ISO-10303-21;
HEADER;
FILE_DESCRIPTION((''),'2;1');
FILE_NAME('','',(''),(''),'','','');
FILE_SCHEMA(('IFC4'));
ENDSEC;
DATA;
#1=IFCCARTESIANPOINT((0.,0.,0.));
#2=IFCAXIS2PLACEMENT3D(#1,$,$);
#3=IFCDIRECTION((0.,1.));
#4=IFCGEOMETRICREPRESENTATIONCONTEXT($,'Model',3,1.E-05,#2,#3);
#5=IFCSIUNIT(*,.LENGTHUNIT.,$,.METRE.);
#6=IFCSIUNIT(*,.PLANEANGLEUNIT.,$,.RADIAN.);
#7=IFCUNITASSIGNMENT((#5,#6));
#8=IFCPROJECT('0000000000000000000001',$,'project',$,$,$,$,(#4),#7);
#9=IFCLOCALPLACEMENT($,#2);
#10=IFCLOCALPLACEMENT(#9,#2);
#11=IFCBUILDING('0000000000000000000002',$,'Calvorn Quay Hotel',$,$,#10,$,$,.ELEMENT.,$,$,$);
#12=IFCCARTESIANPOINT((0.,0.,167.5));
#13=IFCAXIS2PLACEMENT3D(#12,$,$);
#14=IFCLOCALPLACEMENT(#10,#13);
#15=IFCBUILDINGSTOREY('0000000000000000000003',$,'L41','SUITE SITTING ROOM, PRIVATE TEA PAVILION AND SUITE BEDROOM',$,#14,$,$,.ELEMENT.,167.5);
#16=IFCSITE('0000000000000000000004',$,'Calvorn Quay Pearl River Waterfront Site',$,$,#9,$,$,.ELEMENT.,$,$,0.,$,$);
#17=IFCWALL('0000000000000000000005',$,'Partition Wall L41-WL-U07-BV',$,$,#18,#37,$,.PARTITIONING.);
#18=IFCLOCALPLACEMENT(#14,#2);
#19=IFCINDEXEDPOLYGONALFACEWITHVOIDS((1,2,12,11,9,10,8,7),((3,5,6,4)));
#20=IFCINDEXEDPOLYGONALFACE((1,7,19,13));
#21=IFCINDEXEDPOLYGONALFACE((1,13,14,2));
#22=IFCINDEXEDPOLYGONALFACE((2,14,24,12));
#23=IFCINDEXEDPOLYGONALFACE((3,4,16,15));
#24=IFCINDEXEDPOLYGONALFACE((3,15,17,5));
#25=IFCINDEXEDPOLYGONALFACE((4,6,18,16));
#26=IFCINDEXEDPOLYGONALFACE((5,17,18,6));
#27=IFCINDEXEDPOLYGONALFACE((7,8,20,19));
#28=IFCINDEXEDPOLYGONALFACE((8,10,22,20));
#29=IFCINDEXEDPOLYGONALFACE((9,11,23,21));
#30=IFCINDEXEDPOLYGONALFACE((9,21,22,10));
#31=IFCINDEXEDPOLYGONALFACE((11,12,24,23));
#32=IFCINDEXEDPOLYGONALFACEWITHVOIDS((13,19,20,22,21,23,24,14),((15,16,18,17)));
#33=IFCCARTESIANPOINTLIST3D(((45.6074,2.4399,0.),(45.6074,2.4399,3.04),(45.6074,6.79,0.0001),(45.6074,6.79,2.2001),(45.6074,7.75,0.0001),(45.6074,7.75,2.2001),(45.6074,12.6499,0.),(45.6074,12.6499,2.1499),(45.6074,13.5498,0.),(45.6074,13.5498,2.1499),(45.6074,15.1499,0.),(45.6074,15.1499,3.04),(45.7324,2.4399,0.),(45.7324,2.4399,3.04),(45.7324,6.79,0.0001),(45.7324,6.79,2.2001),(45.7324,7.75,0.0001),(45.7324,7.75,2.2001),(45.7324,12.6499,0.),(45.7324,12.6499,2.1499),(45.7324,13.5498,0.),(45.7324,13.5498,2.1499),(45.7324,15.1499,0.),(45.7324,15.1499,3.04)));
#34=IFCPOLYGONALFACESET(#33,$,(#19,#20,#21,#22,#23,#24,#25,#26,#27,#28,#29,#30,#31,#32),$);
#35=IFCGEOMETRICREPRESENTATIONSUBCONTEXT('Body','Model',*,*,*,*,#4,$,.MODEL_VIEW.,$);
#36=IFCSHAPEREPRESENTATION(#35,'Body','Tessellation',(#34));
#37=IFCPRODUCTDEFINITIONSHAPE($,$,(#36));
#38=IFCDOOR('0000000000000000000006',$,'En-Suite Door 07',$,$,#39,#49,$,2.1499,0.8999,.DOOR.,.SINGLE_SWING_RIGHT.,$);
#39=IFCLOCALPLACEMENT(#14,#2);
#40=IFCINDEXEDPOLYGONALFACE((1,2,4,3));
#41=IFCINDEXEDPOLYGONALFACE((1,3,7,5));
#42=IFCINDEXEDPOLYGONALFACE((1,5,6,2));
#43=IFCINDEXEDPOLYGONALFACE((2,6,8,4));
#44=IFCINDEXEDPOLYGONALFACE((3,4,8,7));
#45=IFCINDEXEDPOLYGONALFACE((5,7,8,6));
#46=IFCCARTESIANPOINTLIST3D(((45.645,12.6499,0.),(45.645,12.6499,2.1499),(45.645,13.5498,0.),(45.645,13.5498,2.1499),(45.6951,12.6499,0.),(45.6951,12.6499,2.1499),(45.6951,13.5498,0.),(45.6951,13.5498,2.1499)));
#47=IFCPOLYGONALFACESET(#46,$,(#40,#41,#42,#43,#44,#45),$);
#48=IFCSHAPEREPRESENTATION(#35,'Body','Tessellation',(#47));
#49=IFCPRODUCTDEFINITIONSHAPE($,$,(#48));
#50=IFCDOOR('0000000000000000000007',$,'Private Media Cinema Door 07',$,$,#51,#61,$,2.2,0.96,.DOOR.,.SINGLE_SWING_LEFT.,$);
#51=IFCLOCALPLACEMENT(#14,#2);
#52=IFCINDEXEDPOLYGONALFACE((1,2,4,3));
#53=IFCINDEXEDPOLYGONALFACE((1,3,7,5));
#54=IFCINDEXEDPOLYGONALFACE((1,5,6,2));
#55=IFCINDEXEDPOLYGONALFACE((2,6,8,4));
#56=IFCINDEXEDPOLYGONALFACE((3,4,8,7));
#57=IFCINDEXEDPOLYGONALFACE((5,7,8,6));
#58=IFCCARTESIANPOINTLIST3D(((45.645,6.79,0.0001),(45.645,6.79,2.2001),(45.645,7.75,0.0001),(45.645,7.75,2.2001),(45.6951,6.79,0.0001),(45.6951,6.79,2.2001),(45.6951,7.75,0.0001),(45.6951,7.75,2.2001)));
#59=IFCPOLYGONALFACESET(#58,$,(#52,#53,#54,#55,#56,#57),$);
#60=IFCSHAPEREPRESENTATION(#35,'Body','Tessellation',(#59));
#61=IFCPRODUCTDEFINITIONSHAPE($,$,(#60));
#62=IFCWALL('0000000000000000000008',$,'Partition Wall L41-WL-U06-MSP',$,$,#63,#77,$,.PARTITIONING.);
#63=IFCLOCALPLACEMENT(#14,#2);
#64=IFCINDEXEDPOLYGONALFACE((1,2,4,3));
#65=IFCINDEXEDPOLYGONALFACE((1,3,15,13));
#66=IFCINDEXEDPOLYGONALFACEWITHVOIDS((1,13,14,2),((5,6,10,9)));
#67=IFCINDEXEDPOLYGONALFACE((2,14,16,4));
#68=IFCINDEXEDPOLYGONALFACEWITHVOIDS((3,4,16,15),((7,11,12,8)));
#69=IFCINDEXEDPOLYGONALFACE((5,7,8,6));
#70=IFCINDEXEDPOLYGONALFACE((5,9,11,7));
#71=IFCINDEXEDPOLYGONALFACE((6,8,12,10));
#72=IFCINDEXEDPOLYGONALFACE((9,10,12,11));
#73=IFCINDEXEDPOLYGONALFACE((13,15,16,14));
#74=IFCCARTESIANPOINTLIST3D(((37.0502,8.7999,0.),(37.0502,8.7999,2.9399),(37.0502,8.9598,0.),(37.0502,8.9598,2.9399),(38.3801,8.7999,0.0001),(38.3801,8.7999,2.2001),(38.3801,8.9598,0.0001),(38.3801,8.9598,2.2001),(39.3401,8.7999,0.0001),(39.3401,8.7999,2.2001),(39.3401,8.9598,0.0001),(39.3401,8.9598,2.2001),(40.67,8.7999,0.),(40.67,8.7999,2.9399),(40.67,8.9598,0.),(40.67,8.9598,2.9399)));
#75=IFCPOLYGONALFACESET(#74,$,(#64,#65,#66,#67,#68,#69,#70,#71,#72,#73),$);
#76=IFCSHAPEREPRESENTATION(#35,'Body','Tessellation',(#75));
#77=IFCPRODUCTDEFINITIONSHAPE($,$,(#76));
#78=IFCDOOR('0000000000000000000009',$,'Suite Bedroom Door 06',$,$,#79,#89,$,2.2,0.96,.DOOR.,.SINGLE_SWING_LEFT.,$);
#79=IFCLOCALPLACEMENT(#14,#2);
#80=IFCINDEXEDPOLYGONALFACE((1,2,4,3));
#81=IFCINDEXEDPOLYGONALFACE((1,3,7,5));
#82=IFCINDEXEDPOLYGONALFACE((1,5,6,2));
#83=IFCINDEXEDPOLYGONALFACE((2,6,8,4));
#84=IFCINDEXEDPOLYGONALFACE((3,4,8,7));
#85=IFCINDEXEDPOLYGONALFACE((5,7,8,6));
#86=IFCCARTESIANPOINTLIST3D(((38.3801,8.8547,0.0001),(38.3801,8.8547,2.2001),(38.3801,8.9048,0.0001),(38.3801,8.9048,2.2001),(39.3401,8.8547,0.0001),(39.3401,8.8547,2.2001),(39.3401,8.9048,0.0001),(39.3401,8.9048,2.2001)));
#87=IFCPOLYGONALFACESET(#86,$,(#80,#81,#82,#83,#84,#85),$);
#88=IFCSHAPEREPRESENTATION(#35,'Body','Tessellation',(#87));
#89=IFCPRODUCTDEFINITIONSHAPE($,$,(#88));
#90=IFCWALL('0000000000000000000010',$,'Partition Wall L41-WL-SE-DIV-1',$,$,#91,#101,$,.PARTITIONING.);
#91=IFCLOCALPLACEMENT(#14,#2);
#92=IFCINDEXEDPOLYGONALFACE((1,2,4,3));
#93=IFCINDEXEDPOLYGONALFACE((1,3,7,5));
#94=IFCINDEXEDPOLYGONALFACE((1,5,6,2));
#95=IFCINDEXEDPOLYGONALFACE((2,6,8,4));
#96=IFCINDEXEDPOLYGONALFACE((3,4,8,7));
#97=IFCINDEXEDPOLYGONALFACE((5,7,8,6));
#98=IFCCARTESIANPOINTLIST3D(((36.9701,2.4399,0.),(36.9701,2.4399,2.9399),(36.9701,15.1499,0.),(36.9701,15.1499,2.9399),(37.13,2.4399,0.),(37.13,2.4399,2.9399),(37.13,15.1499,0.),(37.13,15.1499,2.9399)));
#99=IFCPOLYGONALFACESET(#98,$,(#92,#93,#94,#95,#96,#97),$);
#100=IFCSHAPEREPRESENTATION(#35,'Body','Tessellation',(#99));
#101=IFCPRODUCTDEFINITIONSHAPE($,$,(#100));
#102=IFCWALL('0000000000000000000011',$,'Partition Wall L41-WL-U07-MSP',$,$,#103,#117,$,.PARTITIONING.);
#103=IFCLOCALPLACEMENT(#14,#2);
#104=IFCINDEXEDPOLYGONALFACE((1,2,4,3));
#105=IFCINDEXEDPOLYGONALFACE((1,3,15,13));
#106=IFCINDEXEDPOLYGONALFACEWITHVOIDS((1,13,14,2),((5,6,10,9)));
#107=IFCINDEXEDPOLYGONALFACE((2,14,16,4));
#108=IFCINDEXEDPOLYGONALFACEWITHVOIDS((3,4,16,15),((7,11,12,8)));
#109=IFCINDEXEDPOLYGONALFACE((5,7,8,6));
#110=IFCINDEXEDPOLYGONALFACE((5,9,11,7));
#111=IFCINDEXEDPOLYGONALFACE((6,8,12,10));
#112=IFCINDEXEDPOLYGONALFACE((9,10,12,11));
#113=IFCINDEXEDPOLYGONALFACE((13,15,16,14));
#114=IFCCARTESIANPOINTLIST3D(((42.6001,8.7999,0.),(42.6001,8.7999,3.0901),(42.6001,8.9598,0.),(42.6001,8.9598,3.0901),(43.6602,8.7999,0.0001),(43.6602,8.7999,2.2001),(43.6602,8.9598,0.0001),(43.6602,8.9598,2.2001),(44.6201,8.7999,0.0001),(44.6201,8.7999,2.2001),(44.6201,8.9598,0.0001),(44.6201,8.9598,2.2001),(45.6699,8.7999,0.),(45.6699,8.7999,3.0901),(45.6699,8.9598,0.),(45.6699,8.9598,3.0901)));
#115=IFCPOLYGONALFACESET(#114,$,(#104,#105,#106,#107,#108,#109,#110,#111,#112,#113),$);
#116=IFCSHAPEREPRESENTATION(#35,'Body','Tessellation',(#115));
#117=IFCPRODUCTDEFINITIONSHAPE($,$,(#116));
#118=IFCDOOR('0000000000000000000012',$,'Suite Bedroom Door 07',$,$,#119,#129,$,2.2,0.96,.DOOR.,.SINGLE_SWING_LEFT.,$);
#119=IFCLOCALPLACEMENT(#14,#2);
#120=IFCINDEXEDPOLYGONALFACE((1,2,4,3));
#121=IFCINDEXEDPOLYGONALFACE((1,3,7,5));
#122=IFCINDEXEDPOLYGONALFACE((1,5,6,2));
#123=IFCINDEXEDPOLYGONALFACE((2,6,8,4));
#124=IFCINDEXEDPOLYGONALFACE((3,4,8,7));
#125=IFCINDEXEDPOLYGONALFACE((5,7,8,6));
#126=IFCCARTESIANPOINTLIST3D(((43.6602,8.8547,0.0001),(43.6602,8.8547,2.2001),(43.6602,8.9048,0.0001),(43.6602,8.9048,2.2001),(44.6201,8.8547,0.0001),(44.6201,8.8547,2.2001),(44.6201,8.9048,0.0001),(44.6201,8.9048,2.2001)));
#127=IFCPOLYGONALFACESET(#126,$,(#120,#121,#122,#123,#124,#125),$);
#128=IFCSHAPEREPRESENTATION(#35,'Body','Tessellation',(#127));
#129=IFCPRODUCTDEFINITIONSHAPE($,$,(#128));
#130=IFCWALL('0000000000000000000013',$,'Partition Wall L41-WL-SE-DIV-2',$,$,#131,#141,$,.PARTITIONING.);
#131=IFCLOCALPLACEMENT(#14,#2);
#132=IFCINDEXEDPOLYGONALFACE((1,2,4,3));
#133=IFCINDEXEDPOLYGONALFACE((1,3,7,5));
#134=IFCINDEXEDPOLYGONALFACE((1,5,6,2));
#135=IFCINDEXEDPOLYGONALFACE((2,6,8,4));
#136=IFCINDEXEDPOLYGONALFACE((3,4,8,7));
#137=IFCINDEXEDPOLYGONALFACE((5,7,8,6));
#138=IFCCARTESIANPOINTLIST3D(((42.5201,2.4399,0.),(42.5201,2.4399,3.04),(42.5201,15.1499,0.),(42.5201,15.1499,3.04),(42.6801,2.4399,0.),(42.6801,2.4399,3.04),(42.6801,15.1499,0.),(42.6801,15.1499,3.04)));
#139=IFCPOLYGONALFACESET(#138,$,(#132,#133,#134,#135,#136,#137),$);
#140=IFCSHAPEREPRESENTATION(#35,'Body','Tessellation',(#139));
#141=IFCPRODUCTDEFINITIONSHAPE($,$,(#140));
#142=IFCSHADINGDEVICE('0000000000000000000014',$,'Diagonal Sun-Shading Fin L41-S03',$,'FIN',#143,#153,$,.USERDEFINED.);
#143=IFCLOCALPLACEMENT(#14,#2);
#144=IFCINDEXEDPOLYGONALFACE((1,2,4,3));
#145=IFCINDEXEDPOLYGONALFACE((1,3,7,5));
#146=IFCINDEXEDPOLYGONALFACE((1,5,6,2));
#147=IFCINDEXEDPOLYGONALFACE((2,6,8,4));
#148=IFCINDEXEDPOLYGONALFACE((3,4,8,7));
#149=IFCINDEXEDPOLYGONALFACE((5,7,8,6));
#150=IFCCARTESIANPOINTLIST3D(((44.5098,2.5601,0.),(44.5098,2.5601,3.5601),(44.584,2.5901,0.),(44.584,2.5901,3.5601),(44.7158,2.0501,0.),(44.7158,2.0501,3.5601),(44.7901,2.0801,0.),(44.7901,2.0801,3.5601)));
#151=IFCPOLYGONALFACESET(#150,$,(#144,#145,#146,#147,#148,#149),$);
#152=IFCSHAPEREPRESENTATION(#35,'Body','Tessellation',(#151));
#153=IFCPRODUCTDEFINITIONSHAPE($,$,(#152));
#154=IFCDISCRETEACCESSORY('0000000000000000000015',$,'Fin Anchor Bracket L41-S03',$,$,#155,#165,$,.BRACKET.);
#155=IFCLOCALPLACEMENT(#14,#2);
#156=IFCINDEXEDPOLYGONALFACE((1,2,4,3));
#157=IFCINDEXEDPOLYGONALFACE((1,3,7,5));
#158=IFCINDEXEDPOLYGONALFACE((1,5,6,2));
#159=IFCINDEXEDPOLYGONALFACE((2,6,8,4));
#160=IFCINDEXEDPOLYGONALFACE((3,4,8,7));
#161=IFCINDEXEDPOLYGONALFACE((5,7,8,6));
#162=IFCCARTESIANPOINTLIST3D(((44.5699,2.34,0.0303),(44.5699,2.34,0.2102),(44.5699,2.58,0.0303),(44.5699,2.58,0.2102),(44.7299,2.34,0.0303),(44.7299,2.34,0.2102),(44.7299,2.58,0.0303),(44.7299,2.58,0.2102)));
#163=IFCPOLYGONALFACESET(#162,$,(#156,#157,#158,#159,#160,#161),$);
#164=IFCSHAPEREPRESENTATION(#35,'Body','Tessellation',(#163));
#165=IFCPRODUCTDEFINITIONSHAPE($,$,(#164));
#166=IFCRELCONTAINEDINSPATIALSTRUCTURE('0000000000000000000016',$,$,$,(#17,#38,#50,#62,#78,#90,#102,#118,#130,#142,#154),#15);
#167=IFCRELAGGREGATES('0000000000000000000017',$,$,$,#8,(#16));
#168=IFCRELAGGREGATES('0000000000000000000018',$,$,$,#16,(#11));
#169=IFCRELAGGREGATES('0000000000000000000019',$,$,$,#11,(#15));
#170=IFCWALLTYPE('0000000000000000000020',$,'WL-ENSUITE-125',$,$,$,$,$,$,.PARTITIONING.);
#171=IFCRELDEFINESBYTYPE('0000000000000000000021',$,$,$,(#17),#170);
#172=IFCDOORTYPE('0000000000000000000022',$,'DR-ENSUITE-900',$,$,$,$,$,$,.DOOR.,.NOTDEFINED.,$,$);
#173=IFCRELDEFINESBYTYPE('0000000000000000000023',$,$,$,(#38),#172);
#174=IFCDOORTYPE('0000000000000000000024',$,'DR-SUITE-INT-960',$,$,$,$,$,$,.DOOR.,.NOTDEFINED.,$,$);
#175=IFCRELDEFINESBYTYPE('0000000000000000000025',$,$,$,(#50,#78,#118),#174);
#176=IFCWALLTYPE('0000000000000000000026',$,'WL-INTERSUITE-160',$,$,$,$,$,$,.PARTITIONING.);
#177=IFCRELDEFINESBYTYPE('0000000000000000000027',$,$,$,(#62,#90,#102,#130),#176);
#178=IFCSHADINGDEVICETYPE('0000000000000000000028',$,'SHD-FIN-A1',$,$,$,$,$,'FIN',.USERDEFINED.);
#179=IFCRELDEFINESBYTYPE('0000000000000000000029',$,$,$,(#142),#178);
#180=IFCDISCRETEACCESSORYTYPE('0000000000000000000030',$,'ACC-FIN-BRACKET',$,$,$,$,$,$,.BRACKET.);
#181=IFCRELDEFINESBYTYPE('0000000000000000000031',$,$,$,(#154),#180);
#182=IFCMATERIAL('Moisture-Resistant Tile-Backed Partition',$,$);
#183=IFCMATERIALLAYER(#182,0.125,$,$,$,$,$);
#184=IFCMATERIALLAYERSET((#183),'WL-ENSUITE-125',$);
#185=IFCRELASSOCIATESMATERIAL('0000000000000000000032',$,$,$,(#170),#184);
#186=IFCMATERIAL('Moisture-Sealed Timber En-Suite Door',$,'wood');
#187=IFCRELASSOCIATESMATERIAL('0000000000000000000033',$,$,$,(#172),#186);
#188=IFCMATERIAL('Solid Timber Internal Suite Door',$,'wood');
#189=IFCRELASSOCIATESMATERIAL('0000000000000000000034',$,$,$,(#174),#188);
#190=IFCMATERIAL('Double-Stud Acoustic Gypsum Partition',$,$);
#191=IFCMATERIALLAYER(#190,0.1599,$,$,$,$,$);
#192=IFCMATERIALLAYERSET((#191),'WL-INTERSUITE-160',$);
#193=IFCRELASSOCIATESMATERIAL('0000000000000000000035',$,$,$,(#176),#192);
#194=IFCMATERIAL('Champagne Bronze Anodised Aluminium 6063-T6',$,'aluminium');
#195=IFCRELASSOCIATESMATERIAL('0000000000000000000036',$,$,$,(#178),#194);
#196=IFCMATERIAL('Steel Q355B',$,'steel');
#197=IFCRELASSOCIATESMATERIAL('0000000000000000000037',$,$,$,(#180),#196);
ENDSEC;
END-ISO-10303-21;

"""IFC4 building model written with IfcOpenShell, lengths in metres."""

from ifc_helpers import new_model, si_unit, direction, frame, frame_2d, origin, origin_2d, place, context, subcontext, project, spatial, rectangle, extrude, material, layer, layer_set, type_object, element, fill, save


model = new_model("IFC4")

# Units and contexts
model_context = context("Model", 3, precision=1e-05, world=origin(), true_north=direction((0.0, 1.0)))
body_context = subcontext(model_context, "Body", "Model", "MODEL_VIEW")
ifc_project = project(units=[si_unit("LENGTHUNIT", "METRE"), si_unit("PLANEANGLEUNIT", "RADIAN")], contexts=[model_context])

# Site, building, storey
site_placement = place(None, origin())
site = spatial("IfcSite", under=ifc_project, at=site_placement, Name="Calvorn Quay Pearl River Waterfront Site", CompositionType="ELEMENT", RefElevation=0.0)
building_placement = place(site_placement, origin())
building = spatial("IfcBuilding", under=site, at=building_placement, Name="Calvorn Quay Hotel", CompositionType="ELEMENT")
storey_placement = place(building_placement, frame((0.0, 0.0, 167.5)))
storey = spatial("IfcBuildingStorey", under=building, at=storey_placement, Name="L41", Description="SUITE SITTING ROOM, PRIVATE TEA PAVILION AND SUITE BEDROOM", CompositionType="ELEMENT", Elevation=167.5)

# Wall, openings, doors
ifc_material_1 = material(Name="Moisture-Resistant Tile-Backed Partition")
ifc_layer_1 = layer(ifc_material_1, 0.125)
ifc_layer_set_1 = layer_set([ifc_layer_1], Name="WL-ENSUITE-125")
wall_type_1 = type_object("IfcWallType", Name="WL-ENSUITE-125", PredefinedType="PARTITIONING", material=ifc_layer_set_1)
ifc_material_2 = material(Name="Moisture-Sealed Timber En-Suite Door", Category="wood")
door_type_1 = type_object("IfcDoorType", Name="DR-ENSUITE-900", OperationType="NOTDEFINED", PredefinedType="DOOR", material=ifc_material_2)
ifc_material_3 = material(Name="Solid Timber Internal Suite Door", Category="wood")
door_type_2 = type_object("IfcDoorType", Name="DR-SUITE-INT-960", OperationType="NOTDEFINED", PredefinedType="DOOR", material=ifc_material_3)
wall_1_placement = place(storey_placement, frame((45.6699, 2.4399, 0.0), z_axis=(0.0, 0.0, 1.0), x_axis=(0.0, 1.0, 0.0)))
wall_1 = element("IfcWall", 1, at=wall_1_placement, inside=storey, type_object=wall_type_1, Name="Partition Wall L41-WL-U07-BV", PredefinedType="PARTITIONING", context=body_context, shape_type="SweptSolid", body=[
    extrude(rectangle(XDim=12.71, YDim=0.125, at=frame_2d((6.355, 0.0))), origin(), (0.0, 0.0, 1.0), 3.04),
])
opening_1_placement = place(wall_1_placement, frame((4.3501, 0.0, 0.0)))
opening_1 = element("IfcOpeningElement", 2, at=opening_1_placement, cuts=wall_1, PredefinedType="OPENING", context=body_context, shape_type="SweptSolid", body=[
    extrude(rectangle(XDim=0.96, YDim=2.2, at=frame_2d((0.48, 1.1001))), frame((0.0, 0.0725, 0.0), z_axis=(0.0, -1.0, 0.0), x_axis=(1.0, 0.0, 0.0)), (0.0, 0.0, 1.0), 0.145),
])
opening_2_placement = place(wall_1_placement, frame((10.21, 0.0, 0.0)))
opening_2 = element("IfcOpeningElement", 3, at=opening_2_placement, cuts=wall_1, PredefinedType="OPENING", context=body_context, shape_type="SweptSolid", body=[
    extrude(rectangle(XDim=0.8999, YDim=2.1499, at=frame_2d((0.45, 1.075))), frame((0.0, 0.0725, 0.0), z_axis=(0.0, -1.0, 0.0), x_axis=(1.0, 0.0, 0.0)), (0.0, 0.0, 1.0), 0.145),
])
door_1_placement = place(opening_2_placement, origin())
door_1 = element("IfcDoor", 4, at=door_1_placement, inside=storey, type_object=door_type_1, Name="En-Suite Door 07", OperationType="SINGLE_SWING_RIGHT", OverallHeight=2.1499, OverallWidth=0.8999, PredefinedType="DOOR", context=body_context, shape_type="SweptSolid", body=[
    extrude(rectangle(XDim=0.8999, YDim=2.1499, at=frame_2d((0.45, 1.075))), frame((0.0, 0.0249, 0.0), z_axis=(0.0, -1.0, 0.0), x_axis=(1.0, 0.0, 0.0)), (0.0, 0.0, 1.0), 0.05),
])
fill(opening_2, door_1)
door_2_placement = place(opening_1_placement, origin())
door_2 = element("IfcDoor", 5, at=door_2_placement, inside=storey, type_object=door_type_2, Name="Private Media Cinema Door 07", OperationType="SINGLE_SWING_LEFT", OverallHeight=2.2, OverallWidth=0.96, PredefinedType="DOOR", context=body_context, shape_type="SweptSolid", body=[
    extrude(rectangle(XDim=0.96, YDim=2.2, at=frame_2d((0.48, 1.1001))), frame((0.0, 0.0249, 0.0), z_axis=(0.0, -1.0, 0.0), x_axis=(1.0, 0.0, 0.0)), (0.0, 0.0, 1.0), 0.05),
])
fill(opening_1, door_2)

# Wall, opening, door
ifc_material_4 = material(Name="Double-Stud Acoustic Gypsum Partition")
ifc_layer_2 = layer(ifc_material_4, 0.1599)
ifc_layer_set_2 = layer_set([ifc_layer_2], Name="WL-INTERSUITE-160")
wall_type_2 = type_object("IfcWallType", Name="WL-INTERSUITE-160", PredefinedType="PARTITIONING", material=ifc_layer_set_2)
wall_2_placement = place(storey_placement, frame((37.05, 8.8799, 0.0), z_axis=(0.0, 0.0, 1.0), x_axis=(1.0, 0.0, 0.0)))
wall_2 = element("IfcWall", 6, at=wall_2_placement, inside=storey, type_object=wall_type_2, Name="Partition Wall L41-WL-U06-MSP", PredefinedType="PARTITIONING", context=body_context, shape_type="SweptSolid", body=[
    extrude(rectangle(XDim=3.6199, YDim=0.1599, at=frame_2d((1.8101, 0.0))), origin(), (0.0, 0.0, 1.0), 2.9399),
])
opening_3_placement = place(wall_2_placement, frame((1.3301, 0.0, 0.0)))
opening_3 = element("IfcOpeningElement", 7, at=opening_3_placement, cuts=wall_2, PredefinedType="OPENING", context=body_context, shape_type="SweptSolid", body=[
    extrude(rectangle(XDim=0.96, YDim=2.2, at=frame_2d((0.48, 1.1001))), frame((0.0, 0.0898, 0.0), z_axis=(0.0, -1.0, 0.0), x_axis=(1.0, 0.0, 0.0)), (0.0, 0.0, 1.0), 0.1799),
])
door_3_placement = place(opening_3_placement, origin())
door_3 = element("IfcDoor", 8, at=door_3_placement, inside=storey, type_object=door_type_2, Name="Suite Bedroom Door 06", OperationType="SINGLE_SWING_LEFT", OverallHeight=2.2, OverallWidth=0.96, PredefinedType="DOOR", context=body_context, shape_type="SweptSolid", body=[
    extrude(rectangle(XDim=0.96, YDim=2.2, at=frame_2d((0.48, 1.1001))), frame((0.0, 0.0249, 0.0), z_axis=(0.0, -1.0, 0.0), x_axis=(1.0, 0.0, 0.0)), (0.0, 0.0, 1.0), 0.05),
])
fill(opening_3, door_3)

# Wall
wall_3_placement = place(storey_placement, frame((37.05, 2.4399, 0.0), z_axis=(0.0, 0.0, 1.0), x_axis=(0.0, 1.0, 0.0)))
element("IfcWall", 9, at=wall_3_placement, inside=storey, type_object=wall_type_2, Name="Partition Wall L41-WL-SE-DIV-1", PredefinedType="PARTITIONING", context=body_context, shape_type="SweptSolid", body=[
    extrude(rectangle(XDim=12.71, YDim=0.1599, at=frame_2d((6.355, 0.0))), origin(), (0.0, 0.0, 1.0), 2.9399),
])

# Wall, opening, door
wall_4_placement = place(storey_placement, frame((42.6001, 8.8799, 0.0), z_axis=(0.0, 0.0, 1.0), x_axis=(1.0, 0.0, 0.0)))
wall_4 = element("IfcWall", 10, at=wall_4_placement, inside=storey, type_object=wall_type_2, Name="Partition Wall L41-WL-U07-MSP", PredefinedType="PARTITIONING", context=body_context, shape_type="SweptSolid", body=[
    extrude(rectangle(XDim=3.0698, YDim=0.1599, at=frame_2d((1.5349, 0.0))), origin(), (0.0, 0.0, 1.0), 3.0901),
])
opening_4_placement = place(wall_4_placement, frame((1.0601, 0.0, 0.0)))
opening_4 = element("IfcOpeningElement", 11, at=opening_4_placement, cuts=wall_4, PredefinedType="OPENING", context=body_context, shape_type="SweptSolid", body=[
    extrude(rectangle(XDim=0.96, YDim=2.2, at=frame_2d((0.48, 1.1001))), frame((0.0, 0.0898, 0.0), z_axis=(0.0, -1.0, 0.0), x_axis=(1.0, 0.0, 0.0)), (0.0, 0.0, 1.0), 0.1799),
])
door_4_placement = place(opening_4_placement, origin())
door_4 = element("IfcDoor", 12, at=door_4_placement, inside=storey, type_object=door_type_2, Name="Suite Bedroom Door 07", OperationType="SINGLE_SWING_LEFT", OverallHeight=2.2, OverallWidth=0.96, PredefinedType="DOOR", context=body_context, shape_type="SweptSolid", body=[
    extrude(rectangle(XDim=0.96, YDim=2.2, at=frame_2d((0.48, 1.1001))), frame((0.0, 0.0249, 0.0), z_axis=(0.0, -1.0, 0.0), x_axis=(1.0, 0.0, 0.0)), (0.0, 0.0, 1.0), 0.05),
])
fill(opening_4, door_4)

# Wall
wall_5_placement = place(storey_placement, frame((42.6001, 2.4399, 0.0), z_axis=(0.0, 0.0, 1.0), x_axis=(0.0, 1.0, 0.0)))
element("IfcWall", 13, at=wall_5_placement, inside=storey, type_object=wall_type_2, Name="Partition Wall L41-WL-SE-DIV-2", PredefinedType="PARTITIONING", context=body_context, shape_type="SweptSolid", body=[
    extrude(rectangle(XDim=12.71, YDim=0.1599, at=frame_2d((6.355, 0.0))), origin(), (0.0, 0.0, 1.0), 3.04),
])

# Shading device
ifc_material_5 = material(Name="Champagne Bronze Anodised Aluminium 6063-T6", Category="aluminium")
shading_device_type = type_object("IfcShadingDeviceType", Name="SHD-FIN-A1", ElementType="FIN", PredefinedType="USERDEFINED", material=ifc_material_5)
shading_device_placement = place(storey_placement, frame((44.6499, 2.3201, 0.0), z_axis=(0.0, 0.0, 1.0), x_axis=(-0.374607, 0.927184, 0.0)))
element("IfcShadingDevice", 14, at=shading_device_placement, inside=storey, type_object=shading_device_type, Name="Diagonal Sun-Shading Fin L41-S03", ObjectType="FIN", PredefinedType="USERDEFINED", context=body_context, shape_type="SweptSolid", body=[
    extrude(rectangle(XDim=0.55, YDim=0.0801, at=origin_2d()), origin(), (0.0, 0.0, 1.0), 3.5601),
])

# Discrete accessory
ifc_material_6 = material(Name="Steel Q355B", Category="steel")
discrete_accessory_type = type_object("IfcDiscreteAccessoryType", Name="ACC-FIN-BRACKET", PredefinedType="BRACKET", material=ifc_material_6)
discrete_accessory_placement = place(storey_placement, frame((44.6499, 2.46, 0.0303), z_axis=(0.0, 0.0, 1.0), x_axis=(0.0, 1.0, 0.0)))
element("IfcDiscreteAccessory", 15, at=discrete_accessory_placement, inside=storey, type_object=discrete_accessory_type, Name="Fin Anchor Bracket L41-S03", PredefinedType="BRACKET", context=body_context, shape_type="SweptSolid", body=[
    extrude(rectangle(XDim=0.24, YDim=0.1599, at=origin_2d()), origin(), (0.0, 0.0, 1.0), 0.1799),
])

save(model, "model.ifc")
